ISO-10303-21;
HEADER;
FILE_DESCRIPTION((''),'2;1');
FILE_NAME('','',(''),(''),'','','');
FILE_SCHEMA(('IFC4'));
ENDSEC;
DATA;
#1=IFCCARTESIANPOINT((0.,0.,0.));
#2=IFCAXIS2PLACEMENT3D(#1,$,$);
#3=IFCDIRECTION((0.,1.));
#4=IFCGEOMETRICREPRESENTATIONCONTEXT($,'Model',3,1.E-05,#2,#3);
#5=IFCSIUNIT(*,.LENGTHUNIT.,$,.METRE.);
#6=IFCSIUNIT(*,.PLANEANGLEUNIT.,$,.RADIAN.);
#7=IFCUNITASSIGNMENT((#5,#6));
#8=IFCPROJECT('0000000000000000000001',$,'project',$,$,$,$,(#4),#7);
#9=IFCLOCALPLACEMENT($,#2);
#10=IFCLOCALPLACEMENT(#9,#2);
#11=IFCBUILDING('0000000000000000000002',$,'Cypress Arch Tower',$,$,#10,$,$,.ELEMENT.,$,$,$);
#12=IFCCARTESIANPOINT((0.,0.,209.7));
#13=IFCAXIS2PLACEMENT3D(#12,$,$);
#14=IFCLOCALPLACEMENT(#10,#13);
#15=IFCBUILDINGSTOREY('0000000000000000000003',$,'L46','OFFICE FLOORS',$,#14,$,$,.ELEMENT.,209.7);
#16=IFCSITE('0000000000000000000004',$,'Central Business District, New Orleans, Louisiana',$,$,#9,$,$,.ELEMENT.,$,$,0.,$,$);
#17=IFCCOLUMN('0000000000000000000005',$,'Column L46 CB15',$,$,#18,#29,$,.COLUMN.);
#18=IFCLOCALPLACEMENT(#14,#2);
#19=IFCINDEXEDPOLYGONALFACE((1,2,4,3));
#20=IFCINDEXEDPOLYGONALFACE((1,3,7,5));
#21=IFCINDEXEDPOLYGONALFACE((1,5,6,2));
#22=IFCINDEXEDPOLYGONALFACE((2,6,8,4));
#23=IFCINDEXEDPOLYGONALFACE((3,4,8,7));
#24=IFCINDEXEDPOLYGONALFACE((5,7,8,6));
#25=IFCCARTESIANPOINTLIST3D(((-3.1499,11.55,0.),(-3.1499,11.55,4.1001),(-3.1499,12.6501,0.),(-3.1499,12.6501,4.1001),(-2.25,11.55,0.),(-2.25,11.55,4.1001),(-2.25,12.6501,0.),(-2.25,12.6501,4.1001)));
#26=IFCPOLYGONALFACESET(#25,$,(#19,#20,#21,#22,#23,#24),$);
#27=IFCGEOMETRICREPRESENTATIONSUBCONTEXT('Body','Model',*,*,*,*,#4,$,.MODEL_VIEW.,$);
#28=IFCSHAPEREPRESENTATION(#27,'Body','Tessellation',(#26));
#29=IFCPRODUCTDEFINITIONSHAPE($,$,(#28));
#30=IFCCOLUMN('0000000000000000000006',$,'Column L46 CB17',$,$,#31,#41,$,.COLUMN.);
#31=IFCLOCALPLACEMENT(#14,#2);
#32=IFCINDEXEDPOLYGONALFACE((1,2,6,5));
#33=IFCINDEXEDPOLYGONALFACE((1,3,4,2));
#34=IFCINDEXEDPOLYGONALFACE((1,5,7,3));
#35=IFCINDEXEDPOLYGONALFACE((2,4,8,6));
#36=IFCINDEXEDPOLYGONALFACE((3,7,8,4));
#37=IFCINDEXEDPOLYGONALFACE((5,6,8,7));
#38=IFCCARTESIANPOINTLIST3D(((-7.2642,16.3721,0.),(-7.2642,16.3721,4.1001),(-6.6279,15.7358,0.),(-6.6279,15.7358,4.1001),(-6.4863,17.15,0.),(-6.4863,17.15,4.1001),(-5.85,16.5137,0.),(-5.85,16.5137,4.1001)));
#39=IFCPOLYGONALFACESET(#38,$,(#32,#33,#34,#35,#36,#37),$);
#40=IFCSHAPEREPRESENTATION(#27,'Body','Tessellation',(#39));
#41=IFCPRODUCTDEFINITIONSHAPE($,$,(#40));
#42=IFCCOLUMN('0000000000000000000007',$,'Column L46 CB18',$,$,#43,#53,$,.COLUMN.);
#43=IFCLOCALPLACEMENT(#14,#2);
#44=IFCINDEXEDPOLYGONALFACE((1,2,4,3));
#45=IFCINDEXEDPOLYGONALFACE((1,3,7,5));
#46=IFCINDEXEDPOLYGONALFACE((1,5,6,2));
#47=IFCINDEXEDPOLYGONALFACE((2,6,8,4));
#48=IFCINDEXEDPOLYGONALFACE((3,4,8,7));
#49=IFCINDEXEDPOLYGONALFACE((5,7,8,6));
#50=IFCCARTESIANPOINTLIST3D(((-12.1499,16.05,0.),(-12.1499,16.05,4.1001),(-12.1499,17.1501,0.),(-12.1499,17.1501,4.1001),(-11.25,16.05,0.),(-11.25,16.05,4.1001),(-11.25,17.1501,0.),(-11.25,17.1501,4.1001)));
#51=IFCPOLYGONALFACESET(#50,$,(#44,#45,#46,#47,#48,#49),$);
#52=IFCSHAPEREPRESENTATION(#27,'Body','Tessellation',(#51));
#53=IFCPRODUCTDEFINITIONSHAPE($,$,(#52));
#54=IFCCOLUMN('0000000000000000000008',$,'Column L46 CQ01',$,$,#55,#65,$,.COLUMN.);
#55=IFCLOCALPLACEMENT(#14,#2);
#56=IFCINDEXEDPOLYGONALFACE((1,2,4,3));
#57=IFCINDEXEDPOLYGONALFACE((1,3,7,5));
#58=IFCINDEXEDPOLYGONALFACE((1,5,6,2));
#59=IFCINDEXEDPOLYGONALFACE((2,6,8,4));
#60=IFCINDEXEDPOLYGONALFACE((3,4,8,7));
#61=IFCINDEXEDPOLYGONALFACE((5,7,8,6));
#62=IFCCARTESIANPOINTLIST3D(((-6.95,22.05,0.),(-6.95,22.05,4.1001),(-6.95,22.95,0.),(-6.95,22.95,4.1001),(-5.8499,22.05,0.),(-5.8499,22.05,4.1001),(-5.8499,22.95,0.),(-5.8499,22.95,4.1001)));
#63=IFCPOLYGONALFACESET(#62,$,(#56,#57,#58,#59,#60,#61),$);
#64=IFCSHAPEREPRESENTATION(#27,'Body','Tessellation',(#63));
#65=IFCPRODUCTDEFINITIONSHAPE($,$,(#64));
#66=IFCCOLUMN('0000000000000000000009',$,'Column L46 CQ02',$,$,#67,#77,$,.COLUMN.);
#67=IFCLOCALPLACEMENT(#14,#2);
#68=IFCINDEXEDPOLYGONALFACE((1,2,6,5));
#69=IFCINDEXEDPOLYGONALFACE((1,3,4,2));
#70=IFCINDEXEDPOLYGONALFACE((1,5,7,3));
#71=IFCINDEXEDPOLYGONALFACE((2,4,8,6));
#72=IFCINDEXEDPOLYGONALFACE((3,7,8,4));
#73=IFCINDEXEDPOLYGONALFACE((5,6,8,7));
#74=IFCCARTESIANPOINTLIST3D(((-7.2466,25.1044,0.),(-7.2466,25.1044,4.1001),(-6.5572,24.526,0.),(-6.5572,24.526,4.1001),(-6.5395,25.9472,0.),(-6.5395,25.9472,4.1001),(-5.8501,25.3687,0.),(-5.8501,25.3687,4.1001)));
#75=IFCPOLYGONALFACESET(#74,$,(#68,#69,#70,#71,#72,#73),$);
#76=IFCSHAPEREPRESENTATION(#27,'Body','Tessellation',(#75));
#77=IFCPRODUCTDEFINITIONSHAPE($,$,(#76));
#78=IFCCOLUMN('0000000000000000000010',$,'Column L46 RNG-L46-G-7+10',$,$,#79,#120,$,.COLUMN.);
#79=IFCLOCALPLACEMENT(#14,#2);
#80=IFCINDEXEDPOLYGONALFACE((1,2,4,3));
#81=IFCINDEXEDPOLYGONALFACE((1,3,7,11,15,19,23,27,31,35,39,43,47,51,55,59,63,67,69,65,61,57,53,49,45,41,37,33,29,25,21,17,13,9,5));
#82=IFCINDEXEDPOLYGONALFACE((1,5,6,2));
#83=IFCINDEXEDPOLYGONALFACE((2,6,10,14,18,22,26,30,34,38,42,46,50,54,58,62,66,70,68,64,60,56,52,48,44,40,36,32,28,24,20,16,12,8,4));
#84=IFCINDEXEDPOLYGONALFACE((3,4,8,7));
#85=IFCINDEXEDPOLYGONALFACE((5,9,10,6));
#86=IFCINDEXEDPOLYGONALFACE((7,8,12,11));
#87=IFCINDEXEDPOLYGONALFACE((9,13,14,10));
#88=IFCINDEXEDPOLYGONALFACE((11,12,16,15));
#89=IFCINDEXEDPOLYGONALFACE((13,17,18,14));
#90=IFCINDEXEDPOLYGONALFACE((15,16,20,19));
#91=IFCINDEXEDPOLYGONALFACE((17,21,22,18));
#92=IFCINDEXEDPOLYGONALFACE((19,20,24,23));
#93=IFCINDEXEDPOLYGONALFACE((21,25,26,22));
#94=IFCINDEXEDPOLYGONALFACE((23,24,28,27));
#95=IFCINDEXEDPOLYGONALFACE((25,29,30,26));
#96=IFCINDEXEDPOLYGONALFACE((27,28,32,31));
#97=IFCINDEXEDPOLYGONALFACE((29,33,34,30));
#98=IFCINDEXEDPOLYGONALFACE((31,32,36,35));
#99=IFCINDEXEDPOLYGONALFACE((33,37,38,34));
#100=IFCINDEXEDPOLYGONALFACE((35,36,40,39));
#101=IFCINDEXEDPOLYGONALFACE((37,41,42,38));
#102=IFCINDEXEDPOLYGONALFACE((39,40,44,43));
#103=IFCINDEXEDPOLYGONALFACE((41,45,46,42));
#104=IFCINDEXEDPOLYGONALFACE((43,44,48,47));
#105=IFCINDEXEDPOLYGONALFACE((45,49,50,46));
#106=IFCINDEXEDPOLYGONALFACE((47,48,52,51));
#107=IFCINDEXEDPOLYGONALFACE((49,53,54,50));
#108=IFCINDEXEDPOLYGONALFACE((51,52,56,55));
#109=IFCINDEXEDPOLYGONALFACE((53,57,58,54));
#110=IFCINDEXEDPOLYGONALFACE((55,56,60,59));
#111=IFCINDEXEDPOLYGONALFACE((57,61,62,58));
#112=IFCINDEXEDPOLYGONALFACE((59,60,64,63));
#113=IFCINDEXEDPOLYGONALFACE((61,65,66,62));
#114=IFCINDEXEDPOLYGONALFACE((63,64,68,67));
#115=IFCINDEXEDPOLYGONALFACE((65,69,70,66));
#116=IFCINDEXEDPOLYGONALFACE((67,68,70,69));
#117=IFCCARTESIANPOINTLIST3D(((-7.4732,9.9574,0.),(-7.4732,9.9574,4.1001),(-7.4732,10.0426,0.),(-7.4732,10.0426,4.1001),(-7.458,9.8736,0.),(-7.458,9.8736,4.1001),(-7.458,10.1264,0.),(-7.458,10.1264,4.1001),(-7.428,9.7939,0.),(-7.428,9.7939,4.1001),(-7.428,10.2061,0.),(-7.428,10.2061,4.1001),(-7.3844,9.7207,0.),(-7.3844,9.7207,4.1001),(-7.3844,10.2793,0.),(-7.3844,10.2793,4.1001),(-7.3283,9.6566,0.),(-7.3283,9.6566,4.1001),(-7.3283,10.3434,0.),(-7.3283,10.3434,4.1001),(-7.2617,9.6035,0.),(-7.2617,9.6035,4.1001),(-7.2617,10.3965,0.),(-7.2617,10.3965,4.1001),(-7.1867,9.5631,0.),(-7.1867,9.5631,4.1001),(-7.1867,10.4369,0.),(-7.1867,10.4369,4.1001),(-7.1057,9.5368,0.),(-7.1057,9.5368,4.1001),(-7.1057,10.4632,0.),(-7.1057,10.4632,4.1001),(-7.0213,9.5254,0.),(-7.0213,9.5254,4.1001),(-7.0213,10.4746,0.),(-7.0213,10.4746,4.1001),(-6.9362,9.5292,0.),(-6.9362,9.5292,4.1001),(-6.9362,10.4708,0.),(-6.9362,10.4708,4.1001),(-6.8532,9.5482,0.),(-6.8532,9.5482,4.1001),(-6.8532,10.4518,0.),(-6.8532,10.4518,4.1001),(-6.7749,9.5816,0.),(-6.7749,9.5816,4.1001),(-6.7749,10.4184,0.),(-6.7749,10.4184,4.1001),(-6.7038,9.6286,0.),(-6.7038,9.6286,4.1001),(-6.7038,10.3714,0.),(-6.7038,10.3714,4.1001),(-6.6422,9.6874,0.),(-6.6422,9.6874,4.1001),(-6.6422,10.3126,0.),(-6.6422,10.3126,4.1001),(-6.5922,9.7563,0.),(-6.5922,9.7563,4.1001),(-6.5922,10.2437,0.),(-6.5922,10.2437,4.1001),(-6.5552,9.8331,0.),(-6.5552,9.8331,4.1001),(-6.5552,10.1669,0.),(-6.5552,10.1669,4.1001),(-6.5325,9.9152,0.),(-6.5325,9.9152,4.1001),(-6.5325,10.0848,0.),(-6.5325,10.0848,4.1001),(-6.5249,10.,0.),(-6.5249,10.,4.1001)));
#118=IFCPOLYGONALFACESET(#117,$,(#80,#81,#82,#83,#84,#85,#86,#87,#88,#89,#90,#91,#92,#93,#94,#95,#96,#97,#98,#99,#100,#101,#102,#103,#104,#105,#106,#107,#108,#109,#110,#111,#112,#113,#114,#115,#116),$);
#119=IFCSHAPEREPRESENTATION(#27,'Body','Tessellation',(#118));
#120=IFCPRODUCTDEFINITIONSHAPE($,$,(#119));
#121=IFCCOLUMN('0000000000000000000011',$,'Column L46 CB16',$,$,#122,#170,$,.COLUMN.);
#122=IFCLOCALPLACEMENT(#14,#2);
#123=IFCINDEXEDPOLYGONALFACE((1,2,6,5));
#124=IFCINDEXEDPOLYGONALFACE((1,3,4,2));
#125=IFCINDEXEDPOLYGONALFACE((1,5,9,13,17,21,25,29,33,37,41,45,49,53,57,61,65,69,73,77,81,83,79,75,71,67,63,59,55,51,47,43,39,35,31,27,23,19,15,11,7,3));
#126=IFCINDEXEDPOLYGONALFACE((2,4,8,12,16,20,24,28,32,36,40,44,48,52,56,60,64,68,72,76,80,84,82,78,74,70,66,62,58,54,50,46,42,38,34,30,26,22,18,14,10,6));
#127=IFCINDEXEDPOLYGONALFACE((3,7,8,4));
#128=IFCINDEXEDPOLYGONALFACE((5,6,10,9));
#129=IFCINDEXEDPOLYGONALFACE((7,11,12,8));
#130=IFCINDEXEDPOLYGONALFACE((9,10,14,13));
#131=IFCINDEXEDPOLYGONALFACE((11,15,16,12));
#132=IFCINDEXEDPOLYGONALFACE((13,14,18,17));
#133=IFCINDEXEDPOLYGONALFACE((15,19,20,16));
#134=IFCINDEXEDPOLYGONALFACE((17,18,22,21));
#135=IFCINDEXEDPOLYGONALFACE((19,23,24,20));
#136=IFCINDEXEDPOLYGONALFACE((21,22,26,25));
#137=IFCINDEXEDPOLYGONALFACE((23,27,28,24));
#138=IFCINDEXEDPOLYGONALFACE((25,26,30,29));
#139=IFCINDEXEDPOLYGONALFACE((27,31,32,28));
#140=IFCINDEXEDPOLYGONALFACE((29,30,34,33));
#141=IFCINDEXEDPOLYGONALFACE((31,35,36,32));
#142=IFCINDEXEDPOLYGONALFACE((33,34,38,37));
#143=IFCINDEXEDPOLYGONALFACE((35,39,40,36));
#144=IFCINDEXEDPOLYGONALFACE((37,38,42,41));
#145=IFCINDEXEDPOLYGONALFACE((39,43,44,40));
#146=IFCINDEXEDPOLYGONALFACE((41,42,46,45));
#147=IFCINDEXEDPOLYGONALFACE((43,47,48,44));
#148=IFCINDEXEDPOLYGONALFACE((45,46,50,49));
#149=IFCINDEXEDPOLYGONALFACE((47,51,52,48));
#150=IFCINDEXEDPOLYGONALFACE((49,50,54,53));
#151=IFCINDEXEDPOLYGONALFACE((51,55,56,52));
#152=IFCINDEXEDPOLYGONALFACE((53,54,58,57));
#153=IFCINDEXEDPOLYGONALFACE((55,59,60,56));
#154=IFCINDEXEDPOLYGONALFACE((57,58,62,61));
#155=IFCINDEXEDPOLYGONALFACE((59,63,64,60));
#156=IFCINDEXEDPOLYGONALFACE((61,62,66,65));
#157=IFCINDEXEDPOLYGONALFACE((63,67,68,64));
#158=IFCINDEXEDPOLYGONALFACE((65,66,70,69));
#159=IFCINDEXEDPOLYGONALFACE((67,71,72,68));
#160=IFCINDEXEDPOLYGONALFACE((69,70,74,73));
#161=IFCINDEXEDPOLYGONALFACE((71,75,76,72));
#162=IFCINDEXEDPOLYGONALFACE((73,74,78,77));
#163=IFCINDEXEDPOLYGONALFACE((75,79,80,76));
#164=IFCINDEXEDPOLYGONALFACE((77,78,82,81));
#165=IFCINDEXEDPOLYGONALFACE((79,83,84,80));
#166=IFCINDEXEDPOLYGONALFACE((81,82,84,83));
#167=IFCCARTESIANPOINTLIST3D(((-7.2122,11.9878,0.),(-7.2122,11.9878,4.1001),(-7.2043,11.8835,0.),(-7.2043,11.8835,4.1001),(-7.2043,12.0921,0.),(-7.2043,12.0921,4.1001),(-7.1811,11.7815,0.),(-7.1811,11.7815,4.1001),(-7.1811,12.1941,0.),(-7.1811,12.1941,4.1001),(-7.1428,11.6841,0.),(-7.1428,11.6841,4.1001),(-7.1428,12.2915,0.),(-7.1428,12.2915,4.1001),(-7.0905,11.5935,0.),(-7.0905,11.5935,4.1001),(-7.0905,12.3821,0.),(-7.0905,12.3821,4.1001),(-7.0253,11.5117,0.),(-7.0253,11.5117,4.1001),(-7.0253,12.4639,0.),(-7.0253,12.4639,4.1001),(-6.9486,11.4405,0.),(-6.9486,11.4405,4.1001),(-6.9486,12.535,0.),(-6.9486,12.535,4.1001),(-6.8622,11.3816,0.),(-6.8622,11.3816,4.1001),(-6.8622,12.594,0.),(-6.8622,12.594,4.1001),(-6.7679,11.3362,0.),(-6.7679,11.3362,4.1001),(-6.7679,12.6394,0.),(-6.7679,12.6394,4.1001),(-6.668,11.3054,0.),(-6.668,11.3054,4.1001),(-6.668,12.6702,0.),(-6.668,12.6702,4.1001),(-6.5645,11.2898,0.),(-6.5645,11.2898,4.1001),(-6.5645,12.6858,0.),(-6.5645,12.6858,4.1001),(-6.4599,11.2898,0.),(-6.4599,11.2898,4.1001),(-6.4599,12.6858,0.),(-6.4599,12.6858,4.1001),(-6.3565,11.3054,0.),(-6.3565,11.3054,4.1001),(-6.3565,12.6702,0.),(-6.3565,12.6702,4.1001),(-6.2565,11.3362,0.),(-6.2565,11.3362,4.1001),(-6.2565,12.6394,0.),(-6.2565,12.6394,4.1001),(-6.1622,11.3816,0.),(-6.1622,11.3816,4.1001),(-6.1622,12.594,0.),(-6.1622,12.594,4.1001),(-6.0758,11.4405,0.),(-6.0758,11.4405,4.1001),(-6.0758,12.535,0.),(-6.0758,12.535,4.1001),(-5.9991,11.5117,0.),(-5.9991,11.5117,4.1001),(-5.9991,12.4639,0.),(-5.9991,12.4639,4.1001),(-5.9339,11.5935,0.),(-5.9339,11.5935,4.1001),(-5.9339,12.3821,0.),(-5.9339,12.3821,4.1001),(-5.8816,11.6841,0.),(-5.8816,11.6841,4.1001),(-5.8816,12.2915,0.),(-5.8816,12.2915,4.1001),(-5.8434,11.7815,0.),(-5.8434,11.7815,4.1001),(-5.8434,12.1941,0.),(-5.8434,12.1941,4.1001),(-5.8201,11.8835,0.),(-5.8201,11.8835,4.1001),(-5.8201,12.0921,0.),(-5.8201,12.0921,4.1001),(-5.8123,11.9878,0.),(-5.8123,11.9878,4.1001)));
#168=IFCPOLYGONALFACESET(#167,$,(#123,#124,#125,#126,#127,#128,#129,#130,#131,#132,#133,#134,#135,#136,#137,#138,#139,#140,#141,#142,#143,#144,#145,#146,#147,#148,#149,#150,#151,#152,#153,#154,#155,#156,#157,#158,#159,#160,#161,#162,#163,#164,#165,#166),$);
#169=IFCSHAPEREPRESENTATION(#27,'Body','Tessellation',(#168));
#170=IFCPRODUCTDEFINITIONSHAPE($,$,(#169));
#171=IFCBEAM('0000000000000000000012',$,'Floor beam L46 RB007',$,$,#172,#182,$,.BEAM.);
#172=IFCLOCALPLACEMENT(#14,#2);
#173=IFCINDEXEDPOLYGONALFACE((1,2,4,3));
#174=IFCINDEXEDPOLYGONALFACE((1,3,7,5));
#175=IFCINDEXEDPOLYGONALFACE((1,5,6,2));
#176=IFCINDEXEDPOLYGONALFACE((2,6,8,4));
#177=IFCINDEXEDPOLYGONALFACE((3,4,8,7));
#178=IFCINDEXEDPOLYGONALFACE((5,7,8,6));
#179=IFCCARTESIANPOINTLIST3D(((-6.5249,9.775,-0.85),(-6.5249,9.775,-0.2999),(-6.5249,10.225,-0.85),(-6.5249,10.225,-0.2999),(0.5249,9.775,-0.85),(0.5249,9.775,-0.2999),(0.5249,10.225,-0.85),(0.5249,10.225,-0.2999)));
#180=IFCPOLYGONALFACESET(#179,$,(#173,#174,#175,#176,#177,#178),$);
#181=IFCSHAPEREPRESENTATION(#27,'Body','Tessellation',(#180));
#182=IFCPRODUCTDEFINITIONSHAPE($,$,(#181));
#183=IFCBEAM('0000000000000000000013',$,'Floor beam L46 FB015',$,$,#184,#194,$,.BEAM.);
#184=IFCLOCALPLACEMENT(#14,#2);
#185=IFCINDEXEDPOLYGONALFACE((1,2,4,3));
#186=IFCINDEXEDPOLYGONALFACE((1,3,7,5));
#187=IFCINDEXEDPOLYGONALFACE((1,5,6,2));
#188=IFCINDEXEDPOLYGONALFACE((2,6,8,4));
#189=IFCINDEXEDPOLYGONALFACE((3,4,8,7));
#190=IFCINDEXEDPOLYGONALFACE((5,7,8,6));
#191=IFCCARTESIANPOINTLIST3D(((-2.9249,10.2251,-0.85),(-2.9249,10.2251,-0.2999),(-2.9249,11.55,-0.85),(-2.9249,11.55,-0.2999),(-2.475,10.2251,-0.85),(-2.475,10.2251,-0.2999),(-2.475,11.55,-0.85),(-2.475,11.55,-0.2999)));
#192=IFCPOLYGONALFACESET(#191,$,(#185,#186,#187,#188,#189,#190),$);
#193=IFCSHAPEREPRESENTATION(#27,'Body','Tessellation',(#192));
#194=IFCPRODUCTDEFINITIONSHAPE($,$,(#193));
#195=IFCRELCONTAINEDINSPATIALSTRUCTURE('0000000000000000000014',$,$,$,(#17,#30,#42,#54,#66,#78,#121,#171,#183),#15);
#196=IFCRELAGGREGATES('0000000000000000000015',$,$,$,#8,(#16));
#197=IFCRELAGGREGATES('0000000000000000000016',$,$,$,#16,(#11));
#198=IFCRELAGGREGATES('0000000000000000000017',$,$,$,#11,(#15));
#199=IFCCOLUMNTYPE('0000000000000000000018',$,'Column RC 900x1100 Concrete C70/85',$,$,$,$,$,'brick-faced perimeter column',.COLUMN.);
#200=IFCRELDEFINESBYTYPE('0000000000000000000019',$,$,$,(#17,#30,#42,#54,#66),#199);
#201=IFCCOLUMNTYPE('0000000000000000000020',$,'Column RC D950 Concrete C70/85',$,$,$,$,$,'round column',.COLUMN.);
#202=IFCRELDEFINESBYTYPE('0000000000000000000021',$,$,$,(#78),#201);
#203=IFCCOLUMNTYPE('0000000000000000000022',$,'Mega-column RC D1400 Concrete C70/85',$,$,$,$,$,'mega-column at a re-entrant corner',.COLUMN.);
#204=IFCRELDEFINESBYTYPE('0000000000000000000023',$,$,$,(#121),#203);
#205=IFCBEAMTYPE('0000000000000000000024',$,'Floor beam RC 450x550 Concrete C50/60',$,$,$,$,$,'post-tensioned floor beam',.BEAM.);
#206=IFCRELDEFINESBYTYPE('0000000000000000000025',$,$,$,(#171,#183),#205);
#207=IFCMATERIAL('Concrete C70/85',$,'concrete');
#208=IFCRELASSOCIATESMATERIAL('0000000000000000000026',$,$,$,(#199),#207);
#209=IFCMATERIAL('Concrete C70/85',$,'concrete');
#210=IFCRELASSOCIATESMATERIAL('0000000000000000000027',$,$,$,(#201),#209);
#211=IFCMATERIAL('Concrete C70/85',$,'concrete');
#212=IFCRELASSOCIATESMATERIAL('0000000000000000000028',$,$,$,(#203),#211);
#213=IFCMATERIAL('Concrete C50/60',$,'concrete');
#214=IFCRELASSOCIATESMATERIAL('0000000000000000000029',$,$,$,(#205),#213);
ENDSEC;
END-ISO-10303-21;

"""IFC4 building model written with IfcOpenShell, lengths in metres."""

from ifc_helpers import new_model, si_unit, direction, frame, origin, origin_2d, place, context, subcontext, project, spatial, rectangle, circle, extrude, material, material_profile, profile_set, type_object, element, save


model = new_model("IFC4")

# Units and contexts
model_context = context("Model", 3, precision=1e-05, world=origin(), true_north=direction((0.0, 1.0)))
body_context = subcontext(model_context, "Body", "Model", "MODEL_VIEW")
ifc_project = project(units=[si_unit("LENGTHUNIT", "METRE"), si_unit("PLANEANGLEUNIT", "RADIAN")], contexts=[model_context])

# Site, building, storey
site_placement = place(None, origin())
site = spatial("IfcSite", under=ifc_project, at=site_placement, Name="Central Business District, New Orleans, Louisiana", CompositionType="ELEMENT", RefElevation=0.0)
building_placement = place(site_placement, origin())
building = spatial("IfcBuilding", under=site, at=building_placement, Name="Cypress Arch Tower", CompositionType="ELEMENT")
storey_placement = place(building_placement, frame((0.0, 0.0, 209.7)))
storey = spatial("IfcBuildingStorey", under=building, at=storey_placement, Name="L46", Description="OFFICE FLOORS", CompositionType="ELEMENT", Elevation=209.7)

# Columns
ifc_material_1 = material(Name="Concrete C70/85", Category="concrete")
ifc_material_profile_1 = material_profile(ifc_material_1, rectangle(XDim=0.8999, YDim=1.1001, at=origin_2d()), Name="RC 900x1100")
ifc_profile_set_1 = profile_set([ifc_material_profile_1], Name="Concrete C70/85")
column_type_1 = type_object("IfcColumnType", Name="Column RC 900x1100 Concrete C70/85", ElementType="brick-faced perimeter column", PredefinedType="COLUMN", material=ifc_profile_set_1)
for number, where, z_axis, x_axis, name in (
    (1, (-2.7, 12.1001, 0.0), (0.0, 0.0, 1.0), (-1.0, 0.0, 0.0), "Column L46 CB15"),
    (2, (-6.5571, 16.4429, 0.0), (0.0, 0.0, 1.0), (-0.707107, 0.707107, 0.0), "Column L46 CB17"),
    (3, (-11.7, 16.6001, 0.0), (0.0, 0.0, 1.0), (-1.0, 0.0, 0.0), "Column L46 CB18"),
    (4, (-6.3999, 22.5, 0.0), (0.0, 0.0, 1.0), (0.0, 1.0, 0.0), "Column L46 CQ01"),
    (5, (-6.5483, 25.2366, 0.0), (0.0, 0.0, 1.0), (-0.766064, 0.642765, 0.0), "Column L46 CQ02"),
):
    element("IfcColumn", number, at=place(storey_placement, frame(where, z_axis=z_axis, x_axis=x_axis)), inside=storey, type_object=column_type_1, Name=name, PredefinedType="COLUMN", context=body_context, shape_type="SweptSolid", body=[
        extrude(rectangle(XDim=0.8999, YDim=1.1001, at=origin_2d()), origin(), (0.0, 0.0, 1.0), 4.1001),
    ])
ifc_material_2 = material(Name="Concrete C70/85", Category="concrete")
ifc_material_profile_2 = material_profile(ifc_material_2, circle(Radius=0.4751, at=origin_2d()), Name="RC D950")
ifc_profile_set_2 = profile_set([ifc_material_profile_2], Name="Concrete C70/85")
column_type_2 = type_object("IfcColumnType", Name="Column RC D950 Concrete C70/85", ElementType="round column", PredefinedType="COLUMN", material=ifc_profile_set_2)
column_1_placement = place(storey_placement, frame((-7.0, 10.0, 0.0), z_axis=(0.0, 0.0, 1.0), x_axis=(1.0, 0.0, 0.0)))
element("IfcColumn", 6, at=column_1_placement, inside=storey, type_object=column_type_2, Name="Column L46 RNG-L46-G-7+10", PredefinedType="COLUMN", context=body_context, shape_type="SweptSolid", body=[
    extrude(circle(Radius=0.4751, at=origin_2d()), origin(), (0.0, 0.0, 1.0), 4.1001),
])
ifc_material_3 = material(Name="Concrete C70/85", Category="concrete")
ifc_material_profile_3 = material_profile(ifc_material_3, circle(Radius=0.7, at=origin_2d()), Name="RC D1400")
ifc_profile_set_3 = profile_set([ifc_material_profile_3], Name="Concrete C70/85")
column_type_3 = type_object("IfcColumnType", Name="Mega-column RC D1400 Concrete C70/85", ElementType="mega-column at a re-entrant corner", PredefinedType="COLUMN", material=ifc_profile_set_3)
column_2_placement = place(storey_placement, frame((-6.5122, 11.9878, 0.0), z_axis=(0.0, 0.0, 1.0), x_axis=(1.0, 0.0, 0.0)))
element("IfcColumn", 7, at=column_2_placement, inside=storey, type_object=column_type_3, Name="Column L46 CB16", PredefinedType="COLUMN", context=body_context, shape_type="SweptSolid", body=[
    extrude(circle(Radius=0.7, at=origin_2d()), origin(), (0.0, 0.0, 1.0), 4.1001),
])

# Beams
ifc_material_4 = material(Name="Concrete C50/60", Category="concrete")
ifc_material_profile_4 = material_profile(ifc_material_4, rectangle(XDim=0.45, YDim=0.55, at=origin_2d()), Name="RC 450x550")
ifc_profile_set_4 = profile_set([ifc_material_profile_4], Name="Concrete C50/60")
beam_type_1 = type_object("IfcBeamType", Name="Floor beam RC 450x550 Concrete C50/60", ElementType="post-tensioned floor beam", PredefinedType="BEAM", material=ifc_profile_set_4)
beam_1_placement = place(storey_placement, frame((-6.5249, 10.0, -0.575), z_axis=(1.0, 0.0, 0.0), x_axis=(0.0, 1.0, 0.0)))
element("IfcBeam", 8, at=beam_1_placement, inside=storey, type_object=beam_type_1, Name="Floor beam L46 RB007", PredefinedType="BEAM", context=body_context, shape_type="SweptSolid", body=[
    extrude(rectangle(XDim=0.45, YDim=0.55, at=origin_2d()), origin(), (0.0, 0.0, 1.0), 7.0498),
])
beam_2_placement = place(storey_placement, frame((-2.7, 10.2251, -0.575), z_axis=(0.0, 1.0, 0.0), x_axis=(-1.0, 0.0, 0.0)))
element("IfcBeam", 9, at=beam_2_placement, inside=storey, type_object=beam_type_1, Name="Floor beam L46 FB015", PredefinedType="BEAM", context=body_context, shape_type="SweptSolid", body=[
    extrude(rectangle(XDim=0.45, YDim=0.55, at=origin_2d()), origin(), (0.0, 0.0, 1.0), 1.325),
])

save(model, "model.ifc")
